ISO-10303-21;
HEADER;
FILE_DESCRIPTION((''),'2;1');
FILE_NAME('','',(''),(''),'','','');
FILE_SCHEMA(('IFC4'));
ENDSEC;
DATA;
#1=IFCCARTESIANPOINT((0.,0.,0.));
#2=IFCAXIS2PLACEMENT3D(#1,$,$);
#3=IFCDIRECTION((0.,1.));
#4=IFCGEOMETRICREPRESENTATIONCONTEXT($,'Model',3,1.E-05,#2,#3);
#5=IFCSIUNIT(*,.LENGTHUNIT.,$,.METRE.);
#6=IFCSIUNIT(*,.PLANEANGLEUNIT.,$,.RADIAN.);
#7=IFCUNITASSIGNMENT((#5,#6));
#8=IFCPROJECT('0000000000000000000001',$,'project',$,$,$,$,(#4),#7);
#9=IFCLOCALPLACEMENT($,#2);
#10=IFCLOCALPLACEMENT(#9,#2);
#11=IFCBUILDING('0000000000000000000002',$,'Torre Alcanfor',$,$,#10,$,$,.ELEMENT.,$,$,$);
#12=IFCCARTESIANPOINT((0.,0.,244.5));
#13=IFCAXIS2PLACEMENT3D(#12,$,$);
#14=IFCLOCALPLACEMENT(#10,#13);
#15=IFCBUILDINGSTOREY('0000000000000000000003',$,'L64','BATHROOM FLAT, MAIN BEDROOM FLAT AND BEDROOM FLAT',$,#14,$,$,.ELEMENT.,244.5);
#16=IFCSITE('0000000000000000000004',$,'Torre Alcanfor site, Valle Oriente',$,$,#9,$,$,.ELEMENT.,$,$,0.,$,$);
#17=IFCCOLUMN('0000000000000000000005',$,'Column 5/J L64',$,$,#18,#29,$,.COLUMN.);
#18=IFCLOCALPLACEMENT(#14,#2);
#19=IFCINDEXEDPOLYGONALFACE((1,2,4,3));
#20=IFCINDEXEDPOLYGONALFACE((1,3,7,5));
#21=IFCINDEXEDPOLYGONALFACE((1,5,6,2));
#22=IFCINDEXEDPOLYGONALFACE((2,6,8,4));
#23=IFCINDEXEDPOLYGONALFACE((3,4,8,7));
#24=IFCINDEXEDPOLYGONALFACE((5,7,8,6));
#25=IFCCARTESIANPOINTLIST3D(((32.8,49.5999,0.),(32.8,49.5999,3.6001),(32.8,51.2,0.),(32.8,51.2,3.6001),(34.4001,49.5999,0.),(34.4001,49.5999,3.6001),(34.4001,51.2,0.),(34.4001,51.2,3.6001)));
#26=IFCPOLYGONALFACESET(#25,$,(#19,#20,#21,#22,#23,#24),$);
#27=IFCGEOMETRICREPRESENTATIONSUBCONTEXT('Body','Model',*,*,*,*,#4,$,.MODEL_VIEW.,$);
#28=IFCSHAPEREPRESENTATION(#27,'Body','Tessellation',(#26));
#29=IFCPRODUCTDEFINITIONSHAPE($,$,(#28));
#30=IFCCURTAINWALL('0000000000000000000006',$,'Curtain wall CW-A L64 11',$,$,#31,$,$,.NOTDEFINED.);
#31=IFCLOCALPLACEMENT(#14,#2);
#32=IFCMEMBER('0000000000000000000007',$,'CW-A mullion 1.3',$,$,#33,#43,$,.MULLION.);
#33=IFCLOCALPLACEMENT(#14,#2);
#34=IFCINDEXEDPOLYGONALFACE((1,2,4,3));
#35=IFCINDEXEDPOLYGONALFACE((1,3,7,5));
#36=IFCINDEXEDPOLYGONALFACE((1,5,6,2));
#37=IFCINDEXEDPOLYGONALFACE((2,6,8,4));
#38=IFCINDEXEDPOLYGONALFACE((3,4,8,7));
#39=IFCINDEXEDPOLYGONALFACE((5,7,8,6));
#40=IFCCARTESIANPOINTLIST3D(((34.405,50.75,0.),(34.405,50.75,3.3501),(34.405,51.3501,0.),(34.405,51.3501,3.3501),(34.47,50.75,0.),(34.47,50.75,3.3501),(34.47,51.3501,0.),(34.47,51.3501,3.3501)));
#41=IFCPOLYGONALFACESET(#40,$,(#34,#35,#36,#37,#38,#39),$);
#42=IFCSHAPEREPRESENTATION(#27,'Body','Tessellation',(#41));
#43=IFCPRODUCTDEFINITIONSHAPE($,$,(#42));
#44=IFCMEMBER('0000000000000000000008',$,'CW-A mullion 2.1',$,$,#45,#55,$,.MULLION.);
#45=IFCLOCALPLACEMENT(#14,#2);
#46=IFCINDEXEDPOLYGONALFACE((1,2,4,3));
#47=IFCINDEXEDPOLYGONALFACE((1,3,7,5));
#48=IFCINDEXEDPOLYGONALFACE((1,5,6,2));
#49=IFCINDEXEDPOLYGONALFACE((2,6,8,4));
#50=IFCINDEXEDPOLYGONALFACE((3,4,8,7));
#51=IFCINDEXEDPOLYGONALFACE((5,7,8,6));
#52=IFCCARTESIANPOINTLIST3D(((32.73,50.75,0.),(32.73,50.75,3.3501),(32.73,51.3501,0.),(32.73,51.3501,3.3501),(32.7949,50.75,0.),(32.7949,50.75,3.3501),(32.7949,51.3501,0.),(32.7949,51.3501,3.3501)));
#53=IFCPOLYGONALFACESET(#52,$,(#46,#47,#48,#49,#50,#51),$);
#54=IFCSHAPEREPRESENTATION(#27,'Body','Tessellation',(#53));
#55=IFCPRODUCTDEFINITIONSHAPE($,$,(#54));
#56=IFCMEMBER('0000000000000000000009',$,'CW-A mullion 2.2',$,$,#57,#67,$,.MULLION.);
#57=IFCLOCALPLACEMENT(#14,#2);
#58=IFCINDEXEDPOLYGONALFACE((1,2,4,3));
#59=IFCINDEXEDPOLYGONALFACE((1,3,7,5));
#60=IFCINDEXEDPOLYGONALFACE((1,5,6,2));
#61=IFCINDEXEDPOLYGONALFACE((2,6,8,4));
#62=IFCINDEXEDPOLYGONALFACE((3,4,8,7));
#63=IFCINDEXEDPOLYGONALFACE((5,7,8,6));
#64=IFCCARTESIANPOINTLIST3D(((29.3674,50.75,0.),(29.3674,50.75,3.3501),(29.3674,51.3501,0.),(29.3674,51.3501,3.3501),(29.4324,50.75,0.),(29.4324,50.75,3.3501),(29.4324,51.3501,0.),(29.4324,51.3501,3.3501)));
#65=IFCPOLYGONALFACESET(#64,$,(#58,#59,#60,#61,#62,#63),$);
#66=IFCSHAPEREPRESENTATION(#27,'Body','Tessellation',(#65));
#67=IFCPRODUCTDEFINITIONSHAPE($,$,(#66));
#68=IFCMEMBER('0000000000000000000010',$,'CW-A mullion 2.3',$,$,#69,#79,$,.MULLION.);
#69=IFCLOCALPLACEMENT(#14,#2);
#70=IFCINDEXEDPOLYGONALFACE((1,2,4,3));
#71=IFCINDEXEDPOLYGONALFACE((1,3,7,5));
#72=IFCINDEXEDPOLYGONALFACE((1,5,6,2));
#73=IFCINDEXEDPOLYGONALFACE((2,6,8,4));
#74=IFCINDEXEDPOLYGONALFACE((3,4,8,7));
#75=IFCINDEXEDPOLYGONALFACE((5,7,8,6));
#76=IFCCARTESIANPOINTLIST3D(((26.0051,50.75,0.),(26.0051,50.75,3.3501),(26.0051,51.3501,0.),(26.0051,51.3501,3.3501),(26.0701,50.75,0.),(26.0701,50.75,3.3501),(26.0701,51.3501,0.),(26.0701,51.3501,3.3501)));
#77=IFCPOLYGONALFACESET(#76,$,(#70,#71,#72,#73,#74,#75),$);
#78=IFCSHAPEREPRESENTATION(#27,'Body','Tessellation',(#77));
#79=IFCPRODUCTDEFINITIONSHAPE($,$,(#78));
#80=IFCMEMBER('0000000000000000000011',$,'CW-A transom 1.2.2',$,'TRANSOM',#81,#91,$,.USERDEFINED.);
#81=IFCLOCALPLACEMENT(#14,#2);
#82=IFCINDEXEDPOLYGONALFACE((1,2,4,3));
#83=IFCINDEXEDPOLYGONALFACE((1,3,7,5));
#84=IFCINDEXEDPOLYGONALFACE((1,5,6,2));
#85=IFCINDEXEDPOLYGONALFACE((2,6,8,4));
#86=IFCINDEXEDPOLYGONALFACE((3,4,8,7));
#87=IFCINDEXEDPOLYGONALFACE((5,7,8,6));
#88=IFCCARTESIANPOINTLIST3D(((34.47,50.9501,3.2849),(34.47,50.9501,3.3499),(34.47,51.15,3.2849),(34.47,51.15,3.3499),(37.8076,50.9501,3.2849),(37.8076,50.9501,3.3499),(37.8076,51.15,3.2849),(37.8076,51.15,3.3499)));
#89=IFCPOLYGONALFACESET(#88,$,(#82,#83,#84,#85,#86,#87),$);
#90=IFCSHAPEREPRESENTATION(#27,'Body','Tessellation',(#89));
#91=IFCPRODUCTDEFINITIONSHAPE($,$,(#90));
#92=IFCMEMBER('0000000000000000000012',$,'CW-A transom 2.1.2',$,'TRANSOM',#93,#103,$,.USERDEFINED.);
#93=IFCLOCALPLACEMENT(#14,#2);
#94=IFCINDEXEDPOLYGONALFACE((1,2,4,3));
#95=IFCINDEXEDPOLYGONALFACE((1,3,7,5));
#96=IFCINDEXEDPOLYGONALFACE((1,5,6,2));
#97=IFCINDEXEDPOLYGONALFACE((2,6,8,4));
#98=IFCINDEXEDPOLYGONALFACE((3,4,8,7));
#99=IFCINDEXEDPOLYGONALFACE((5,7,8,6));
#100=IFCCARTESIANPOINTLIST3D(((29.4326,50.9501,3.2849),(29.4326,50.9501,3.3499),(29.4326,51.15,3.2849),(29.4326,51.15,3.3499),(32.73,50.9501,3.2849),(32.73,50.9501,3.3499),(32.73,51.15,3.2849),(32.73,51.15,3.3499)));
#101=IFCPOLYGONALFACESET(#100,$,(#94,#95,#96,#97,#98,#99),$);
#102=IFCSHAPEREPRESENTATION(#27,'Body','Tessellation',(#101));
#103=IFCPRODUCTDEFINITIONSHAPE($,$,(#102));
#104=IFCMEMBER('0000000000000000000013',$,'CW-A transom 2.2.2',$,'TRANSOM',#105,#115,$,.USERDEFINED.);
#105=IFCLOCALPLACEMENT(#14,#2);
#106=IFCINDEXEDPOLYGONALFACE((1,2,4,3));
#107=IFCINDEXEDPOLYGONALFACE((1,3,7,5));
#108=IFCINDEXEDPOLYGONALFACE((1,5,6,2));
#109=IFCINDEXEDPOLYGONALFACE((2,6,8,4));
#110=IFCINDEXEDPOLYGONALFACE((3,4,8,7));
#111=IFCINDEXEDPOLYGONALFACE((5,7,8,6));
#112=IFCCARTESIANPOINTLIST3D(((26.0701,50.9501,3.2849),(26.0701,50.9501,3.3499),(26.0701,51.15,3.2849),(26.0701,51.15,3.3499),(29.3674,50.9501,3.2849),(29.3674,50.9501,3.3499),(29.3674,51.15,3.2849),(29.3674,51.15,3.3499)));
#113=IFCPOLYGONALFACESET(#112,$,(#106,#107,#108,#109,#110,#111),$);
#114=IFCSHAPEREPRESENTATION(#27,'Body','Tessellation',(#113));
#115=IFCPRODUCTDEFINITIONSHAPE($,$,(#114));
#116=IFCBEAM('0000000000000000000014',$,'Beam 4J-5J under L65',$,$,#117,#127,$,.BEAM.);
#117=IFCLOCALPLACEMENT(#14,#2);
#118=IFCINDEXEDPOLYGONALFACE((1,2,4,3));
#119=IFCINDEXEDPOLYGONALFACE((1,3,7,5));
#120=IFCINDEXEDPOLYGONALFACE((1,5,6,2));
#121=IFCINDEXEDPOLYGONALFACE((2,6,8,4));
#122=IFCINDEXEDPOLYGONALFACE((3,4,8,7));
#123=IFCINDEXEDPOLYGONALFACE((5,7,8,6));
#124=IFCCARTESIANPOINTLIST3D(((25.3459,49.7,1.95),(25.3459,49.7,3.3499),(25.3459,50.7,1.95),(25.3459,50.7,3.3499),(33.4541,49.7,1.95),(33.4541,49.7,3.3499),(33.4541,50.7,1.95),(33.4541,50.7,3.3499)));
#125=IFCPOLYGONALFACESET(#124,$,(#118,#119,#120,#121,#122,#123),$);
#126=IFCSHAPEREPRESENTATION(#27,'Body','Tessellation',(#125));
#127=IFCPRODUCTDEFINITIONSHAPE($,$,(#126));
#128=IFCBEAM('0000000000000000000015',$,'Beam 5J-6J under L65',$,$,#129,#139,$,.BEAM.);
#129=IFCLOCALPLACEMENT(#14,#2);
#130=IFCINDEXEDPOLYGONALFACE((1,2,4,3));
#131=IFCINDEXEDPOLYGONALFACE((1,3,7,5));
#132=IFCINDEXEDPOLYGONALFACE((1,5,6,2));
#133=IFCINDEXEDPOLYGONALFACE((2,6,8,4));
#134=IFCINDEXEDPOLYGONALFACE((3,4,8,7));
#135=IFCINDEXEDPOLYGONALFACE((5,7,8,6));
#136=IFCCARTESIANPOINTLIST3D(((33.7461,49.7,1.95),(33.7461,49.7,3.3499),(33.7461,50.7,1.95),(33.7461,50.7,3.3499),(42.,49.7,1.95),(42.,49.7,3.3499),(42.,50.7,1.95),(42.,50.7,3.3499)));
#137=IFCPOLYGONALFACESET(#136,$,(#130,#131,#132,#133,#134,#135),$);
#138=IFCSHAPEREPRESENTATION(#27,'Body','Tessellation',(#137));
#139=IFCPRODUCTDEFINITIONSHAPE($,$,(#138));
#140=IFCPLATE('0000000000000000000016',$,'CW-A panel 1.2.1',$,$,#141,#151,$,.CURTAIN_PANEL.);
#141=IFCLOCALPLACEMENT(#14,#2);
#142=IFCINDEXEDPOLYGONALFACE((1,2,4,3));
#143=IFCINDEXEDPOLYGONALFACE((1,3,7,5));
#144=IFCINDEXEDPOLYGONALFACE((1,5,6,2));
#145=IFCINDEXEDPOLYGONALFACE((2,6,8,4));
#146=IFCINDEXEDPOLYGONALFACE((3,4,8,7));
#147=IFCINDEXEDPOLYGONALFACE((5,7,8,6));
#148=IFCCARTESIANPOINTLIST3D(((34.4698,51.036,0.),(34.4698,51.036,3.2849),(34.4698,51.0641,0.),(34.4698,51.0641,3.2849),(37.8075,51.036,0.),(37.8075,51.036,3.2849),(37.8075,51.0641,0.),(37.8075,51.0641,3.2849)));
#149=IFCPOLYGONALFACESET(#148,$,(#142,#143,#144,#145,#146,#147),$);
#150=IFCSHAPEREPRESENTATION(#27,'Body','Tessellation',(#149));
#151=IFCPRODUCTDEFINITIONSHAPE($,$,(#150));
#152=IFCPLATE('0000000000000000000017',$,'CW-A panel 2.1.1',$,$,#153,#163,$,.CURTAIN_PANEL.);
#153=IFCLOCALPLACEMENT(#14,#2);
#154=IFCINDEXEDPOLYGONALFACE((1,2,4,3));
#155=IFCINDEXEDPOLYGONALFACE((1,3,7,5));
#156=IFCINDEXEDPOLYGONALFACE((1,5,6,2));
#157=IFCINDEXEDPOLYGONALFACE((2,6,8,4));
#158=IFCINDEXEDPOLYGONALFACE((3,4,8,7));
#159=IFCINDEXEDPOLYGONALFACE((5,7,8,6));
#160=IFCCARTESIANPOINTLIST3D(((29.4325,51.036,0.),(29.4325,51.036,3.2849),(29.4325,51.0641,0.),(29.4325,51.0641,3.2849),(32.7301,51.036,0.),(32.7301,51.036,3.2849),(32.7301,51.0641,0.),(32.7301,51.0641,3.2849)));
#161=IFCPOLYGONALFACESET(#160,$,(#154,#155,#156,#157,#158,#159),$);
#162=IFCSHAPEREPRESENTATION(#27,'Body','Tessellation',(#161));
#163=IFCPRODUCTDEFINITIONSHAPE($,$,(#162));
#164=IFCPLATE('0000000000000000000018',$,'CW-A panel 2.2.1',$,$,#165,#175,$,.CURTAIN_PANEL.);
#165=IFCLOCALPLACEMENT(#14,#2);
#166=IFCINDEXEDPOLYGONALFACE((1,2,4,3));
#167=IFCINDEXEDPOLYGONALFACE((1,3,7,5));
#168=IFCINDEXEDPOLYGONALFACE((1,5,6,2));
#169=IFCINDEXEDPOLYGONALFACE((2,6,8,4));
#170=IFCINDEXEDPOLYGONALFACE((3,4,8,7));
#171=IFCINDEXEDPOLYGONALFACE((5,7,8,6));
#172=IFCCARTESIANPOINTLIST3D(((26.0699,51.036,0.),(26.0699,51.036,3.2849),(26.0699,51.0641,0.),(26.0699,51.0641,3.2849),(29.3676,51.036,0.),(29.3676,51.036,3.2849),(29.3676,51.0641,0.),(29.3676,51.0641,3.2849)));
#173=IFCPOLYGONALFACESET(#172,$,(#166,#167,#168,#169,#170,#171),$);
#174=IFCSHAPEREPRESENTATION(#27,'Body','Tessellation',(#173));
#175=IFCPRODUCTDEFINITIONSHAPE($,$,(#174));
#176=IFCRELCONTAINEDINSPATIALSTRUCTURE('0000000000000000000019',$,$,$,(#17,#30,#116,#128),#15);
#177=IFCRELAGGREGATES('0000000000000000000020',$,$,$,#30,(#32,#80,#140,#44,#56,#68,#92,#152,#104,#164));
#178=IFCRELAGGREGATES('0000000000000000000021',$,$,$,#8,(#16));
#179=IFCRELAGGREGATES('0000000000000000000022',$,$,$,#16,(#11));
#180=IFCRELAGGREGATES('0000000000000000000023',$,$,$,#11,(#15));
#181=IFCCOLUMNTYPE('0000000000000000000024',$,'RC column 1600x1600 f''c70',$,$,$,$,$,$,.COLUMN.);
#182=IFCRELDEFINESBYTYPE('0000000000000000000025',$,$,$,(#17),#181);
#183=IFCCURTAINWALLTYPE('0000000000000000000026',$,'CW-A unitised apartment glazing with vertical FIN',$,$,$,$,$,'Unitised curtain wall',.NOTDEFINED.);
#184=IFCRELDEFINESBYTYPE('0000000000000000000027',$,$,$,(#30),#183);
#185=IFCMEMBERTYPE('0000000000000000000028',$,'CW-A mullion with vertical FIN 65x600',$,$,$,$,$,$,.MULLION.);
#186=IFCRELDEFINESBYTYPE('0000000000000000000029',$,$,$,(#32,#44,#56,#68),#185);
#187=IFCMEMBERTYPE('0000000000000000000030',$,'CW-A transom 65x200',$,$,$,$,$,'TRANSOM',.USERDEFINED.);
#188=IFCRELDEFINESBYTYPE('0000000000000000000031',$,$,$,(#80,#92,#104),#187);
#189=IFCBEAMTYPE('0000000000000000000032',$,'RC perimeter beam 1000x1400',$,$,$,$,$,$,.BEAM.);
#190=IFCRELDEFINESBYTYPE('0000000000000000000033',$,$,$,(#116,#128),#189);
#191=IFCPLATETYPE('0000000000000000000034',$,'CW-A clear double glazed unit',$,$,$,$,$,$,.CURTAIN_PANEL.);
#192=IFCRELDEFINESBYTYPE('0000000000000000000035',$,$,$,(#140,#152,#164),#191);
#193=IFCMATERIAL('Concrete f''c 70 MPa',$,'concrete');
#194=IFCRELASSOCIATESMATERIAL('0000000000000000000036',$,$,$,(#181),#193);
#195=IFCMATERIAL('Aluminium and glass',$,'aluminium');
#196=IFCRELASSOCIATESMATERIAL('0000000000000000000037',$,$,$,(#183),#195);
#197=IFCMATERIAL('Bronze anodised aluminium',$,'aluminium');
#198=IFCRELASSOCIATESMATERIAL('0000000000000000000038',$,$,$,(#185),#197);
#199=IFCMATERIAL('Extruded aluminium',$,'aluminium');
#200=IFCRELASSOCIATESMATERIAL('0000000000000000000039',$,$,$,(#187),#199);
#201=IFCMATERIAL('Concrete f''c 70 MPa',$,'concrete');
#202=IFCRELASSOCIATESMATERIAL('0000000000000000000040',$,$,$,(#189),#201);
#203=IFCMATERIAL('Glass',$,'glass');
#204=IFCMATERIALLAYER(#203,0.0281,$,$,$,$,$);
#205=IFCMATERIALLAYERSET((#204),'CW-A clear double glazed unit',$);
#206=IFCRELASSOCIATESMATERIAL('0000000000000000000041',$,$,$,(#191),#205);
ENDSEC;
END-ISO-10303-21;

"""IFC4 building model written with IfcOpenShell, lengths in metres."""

from ifc_helpers import new_model, si_unit, direction, frame, origin, origin_2d, place, context, subcontext, project, spatial, rectangle, extrude, material, layer, layer_set, material_profile, profile_set, type_object, element, aggregate, save


model = new_model("IFC4")

# Units and contexts
model_context = context("Model", 3, precision=1e-05, world=origin(), true_north=direction((0.0, 1.0)))
body_context = subcontext(model_context, "Body", "Model", "MODEL_VIEW")
ifc_project = project(units=[si_unit("LENGTHUNIT", "METRE"), si_unit("PLANEANGLEUNIT", "RADIAN")], contexts=[model_context])

# Site, building, storey
site_placement = place(None, origin())
site = spatial("IfcSite", under=ifc_project, at=site_placement, Name="Torre Alcanfor site, Valle Oriente", CompositionType="ELEMENT", RefElevation=0.0)
building_placement = place(site_placement, origin())
building = spatial("IfcBuilding", under=site, at=building_placement, Name="Torre Alcanfor", CompositionType="ELEMENT")
storey_placement = place(building_placement, frame((0.0, 0.0, 244.5)))
storey = spatial("IfcBuildingStorey", under=building, at=storey_placement, Name="L64", Description="BATHROOM FLAT, MAIN BEDROOM FLAT AND BEDROOM FLAT", CompositionType="ELEMENT", Elevation=244.5)

# Column
ifc_material_1 = material(Name="Concrete f'c 70 MPa", Category="concrete")
ifc_material_profile_1 = material_profile(ifc_material_1, rectangle(XDim=1.6001, YDim=1.6001, at=origin_2d()), Name="1600x1600")
ifc_profile_set_1 = profile_set([ifc_material_profile_1], Name="Concrete f'c 70 MPa")
column_type = type_object("IfcColumnType", Name="RC column 1600x1600 f'c70", PredefinedType="COLUMN", material=ifc_profile_set_1)
column_placement = place(storey_placement, frame((33.6001, 50.3999, 0.0), z_axis=(0.0, 0.0, 1.0), x_axis=(1.0, 0.0, 0.0)))
element("IfcColumn", 1, at=column_placement, inside=storey, type_object=column_type, Name="Column 5/J L64", PredefinedType="COLUMN", context=body_context, shape_type="SweptSolid", body=[
    extrude(rectangle(XDim=1.6001, YDim=1.6001, at=origin_2d()), origin(), (0.0, 0.0, 1.0), 3.6001),
])

# Curtain wall, members
ifc_material_2 = material(Name="Aluminium and glass", Category="aluminium")
curtain_wall_type = type_object("IfcCurtainWallType", Name="CW-A unitised apartment glazing with vertical FIN", ElementType="Unitised curtain wall", PredefinedType="NOTDEFINED", material=ifc_material_2)
curtain_wall_placement = place(storey_placement, origin())
curtain_wall = element("IfcCurtainWall", 2, at=curtain_wall_placement, inside=storey, type_object=curtain_wall_type, Name="Curtain wall CW-A L64 11", PredefinedType="NOTDEFINED")
ifc_material_3 = material(Name="Bronze anodised aluminium", Category="aluminium")
ifc_material_profile_2 = material_profile(ifc_material_3, rectangle(XDim=0.6001, YDim=0.0649, at=origin_2d()), Name="CW-A mullion 65x600")
ifc_profile_set_2 = profile_set([ifc_material_profile_2], Name="Bronze anodised aluminium")
member_type_1 = type_object("IfcMemberType", Name="CW-A mullion with vertical FIN 65x600", PredefinedType="MULLION", material=ifc_profile_set_2)
member_1_placement = place(storey_placement, frame((34.4375, 51.05, 0.0), z_axis=(0.0, 0.0, 1.0), x_axis=(0.0, -1.0, 0.0)))
member_1 = element("IfcMember", 3, at=member_1_placement, type_object=member_type_1, Name="CW-A mullion 1.3", PredefinedType="MULLION", context=body_context, shape_type="SweptSolid", body=[
    extrude(rectangle(XDim=0.6001, YDim=0.0649, at=origin_2d()), origin(), (0.0, 0.0, 1.0), 3.3501),
])
member_2_placement = place(storey_placement, frame((32.7625, 51.05, 0.0), z_axis=(0.0, 0.0, 1.0), x_axis=(0.0, -1.0, 0.0)))
member_2 = element("IfcMember", 4, at=member_2_placement, type_object=member_type_1, Name="CW-A mullion 2.1", PredefinedType="MULLION", context=body_context, shape_type="SweptSolid", body=[
    extrude(rectangle(XDim=0.6001, YDim=0.0649, at=origin_2d()), origin(), (0.0, 0.0, 1.0), 3.3501),
])
member_3_placement = place(storey_placement, frame((29.3999, 51.05, 0.0), z_axis=(0.0, 0.0, 1.0), x_axis=(0.0, -1.0, 0.0)))
member_3 = element("IfcMember", 5, at=member_3_placement, type_object=member_type_1, Name="CW-A mullion 2.2", PredefinedType="MULLION", context=body_context, shape_type="SweptSolid", body=[
    extrude(rectangle(XDim=0.6001, YDim=0.0649, at=origin_2d()), origin(), (0.0, 0.0, 1.0), 3.3501),
])
member_4_placement = place(storey_placement, frame((26.0376, 51.05, 0.0), z_axis=(0.0, 0.0, 1.0), x_axis=(0.0, -1.0, 0.0)))
member_4 = element("IfcMember", 6, at=member_4_placement, type_object=member_type_1, Name="CW-A mullion 2.3", PredefinedType="MULLION", context=body_context, shape_type="SweptSolid", body=[
    extrude(rectangle(XDim=0.6001, YDim=0.0649, at=origin_2d()), origin(), (0.0, 0.0, 1.0), 3.3501),
])
ifc_material_4 = material(Name="Extruded aluminium", Category="aluminium")
ifc_material_profile_3 = material_profile(ifc_material_4, rectangle(XDim=0.2, YDim=0.0649, at=origin_2d()), Name="CW-A transom 200x65")
ifc_profile_set_3 = profile_set([ifc_material_profile_3], Name="Extruded aluminium")
member_type_2 = type_object("IfcMemberType", Name="CW-A transom 65x200", ElementType="TRANSOM", PredefinedType="USERDEFINED", material=ifc_profile_set_3)
member_5_placement = place(storey_placement, frame((37.8076, 51.05, 3.3174), z_axis=(-1.0, 0.0, 0.0), x_axis=(0.0, -1.0, 0.0)))
member_5 = element("IfcMember", 7, at=member_5_placement, type_object=member_type_2, Name="CW-A transom 1.2.2", ObjectType="TRANSOM", PredefinedType="USERDEFINED", context=body_context, shape_type="SweptSolid", body=[
    extrude(rectangle(XDim=0.2, YDim=0.0649, at=origin_2d()), origin(), (0.0, 0.0, 1.0), 3.3376),
])
member_6_placement = place(storey_placement, frame((32.73, 51.05, 3.3174), z_axis=(-1.0, 0.0, 0.0), x_axis=(0.0, -1.0, 0.0)))
member_6 = element("IfcMember", 8, at=member_6_placement, type_object=member_type_2, Name="CW-A transom 2.1.2", ObjectType="TRANSOM", PredefinedType="USERDEFINED", context=body_context, shape_type="SweptSolid", body=[
    extrude(rectangle(XDim=0.2, YDim=0.0649, at=origin_2d()), origin(), (0.0, 0.0, 1.0), 3.2974),
])
member_7_placement = place(storey_placement, frame((29.3674, 51.05, 3.3174), z_axis=(-1.0, 0.0, 0.0), x_axis=(0.0, -1.0, 0.0)))
member_7 = element("IfcMember", 9, at=member_7_placement, type_object=member_type_2, Name="CW-A transom 2.2.2", ObjectType="TRANSOM", PredefinedType="USERDEFINED", context=body_context, shape_type="SweptSolid", body=[
    extrude(rectangle(XDim=0.2, YDim=0.0649, at=origin_2d()), origin(), (0.0, 0.0, 1.0), 3.2974),
])

# Beams
ifc_material_5 = material(Name="Concrete f'c 70 MPa", Category="concrete")
ifc_material_profile_4 = material_profile(ifc_material_5, rectangle(XDim=1.0, YDim=1.3999, at=origin_2d()), Name="1000x1400")
ifc_profile_set_4 = profile_set([ifc_material_profile_4], Name="Concrete f'c 70 MPa")
beam_type = type_object("IfcBeamType", Name="RC perimeter beam 1000x1400", PredefinedType="BEAM", material=ifc_profile_set_4)
beam_1_placement = place(storey_placement, frame((25.3459, 50.2, 2.6499), z_axis=(1.0, 0.0, 0.0), x_axis=(0.0, 1.0, 0.0)))
element("IfcBeam", 10, at=beam_1_placement, inside=storey, type_object=beam_type, Name="Beam 4J-5J under L65", PredefinedType="BEAM", context=body_context, shape_type="SweptSolid", body=[
    extrude(rectangle(XDim=1.0, YDim=1.3999, at=origin_2d()), origin(), (0.0, 0.0, 1.0), 8.1082),
])
beam_2_placement = place(storey_placement, frame((33.7461, 50.2, 2.6499), z_axis=(1.0, 0.0, 0.0), x_axis=(0.0, 1.0, 0.0)))
element("IfcBeam", 11, at=beam_2_placement, inside=storey, type_object=beam_type, Name="Beam 5J-6J under L65", PredefinedType="BEAM", context=body_context, shape_type="SweptSolid", body=[
    extrude(rectangle(XDim=1.0, YDim=1.3999, at=origin_2d()), origin(), (0.0, 0.0, 1.0), 8.2539),
])

# Plates
ifc_material_6 = material(Name="Glass", Category="glass")
ifc_layer_1 = layer(ifc_material_6, 0.0281)
ifc_layer_set_1 = layer_set([ifc_layer_1], Name="CW-A clear double glazed unit")
plate_type = type_object("IfcPlateType", Name="CW-A clear double glazed unit", PredefinedType="CURTAIN_PANEL", material=ifc_layer_set_1)
plate_1_placement = place(storey_placement, frame((36.1387, 51.05, 0.0), z_axis=(0.0, 0.0, 1.0), x_axis=(-1.0, 0.0, 0.0)))
plate_1 = element("IfcPlate", 12, at=plate_1_placement, type_object=plate_type, Name="CW-A panel 1.2.1", PredefinedType="CURTAIN_PANEL", context=body_context, shape_type="SweptSolid", body=[
    extrude(rectangle(XDim=3.3376, YDim=0.0281, at=origin_2d()), origin(), (0.0, 0.0, 1.0), 3.2849),
])
plate_2_placement = place(storey_placement, frame((31.0813, 51.05, 0.0), z_axis=(0.0, 0.0, 1.0), x_axis=(-1.0, 0.0, 0.0)))
plate_2 = element("IfcPlate", 13, at=plate_2_placement, type_object=plate_type, Name="CW-A panel 2.1.1", PredefinedType="CURTAIN_PANEL", context=body_context, shape_type="SweptSolid", body=[
    extrude(rectangle(XDim=3.2976, YDim=0.0281, at=origin_2d()), origin(), (0.0, 0.0, 1.0), 3.2849),
])
plate_3_placement = place(storey_placement, frame((27.7188, 51.05, 0.0), z_axis=(0.0, 0.0, 1.0), x_axis=(-1.0, 0.0, 0.0)))
plate_3 = element("IfcPlate", 14, at=plate_3_placement, type_object=plate_type, Name="CW-A panel 2.2.1", PredefinedType="CURTAIN_PANEL", context=body_context, shape_type="SweptSolid", body=[
    extrude(rectangle(XDim=3.2976, YDim=0.0281, at=origin_2d()), origin(), (0.0, 0.0, 1.0), 3.2849),
])
aggregate(curtain_wall, [member_1, member_5, plate_1, member_2, member_3, member_4, member_6, plate_2, member_7, plate_3])

save(model, "model.ifc")
